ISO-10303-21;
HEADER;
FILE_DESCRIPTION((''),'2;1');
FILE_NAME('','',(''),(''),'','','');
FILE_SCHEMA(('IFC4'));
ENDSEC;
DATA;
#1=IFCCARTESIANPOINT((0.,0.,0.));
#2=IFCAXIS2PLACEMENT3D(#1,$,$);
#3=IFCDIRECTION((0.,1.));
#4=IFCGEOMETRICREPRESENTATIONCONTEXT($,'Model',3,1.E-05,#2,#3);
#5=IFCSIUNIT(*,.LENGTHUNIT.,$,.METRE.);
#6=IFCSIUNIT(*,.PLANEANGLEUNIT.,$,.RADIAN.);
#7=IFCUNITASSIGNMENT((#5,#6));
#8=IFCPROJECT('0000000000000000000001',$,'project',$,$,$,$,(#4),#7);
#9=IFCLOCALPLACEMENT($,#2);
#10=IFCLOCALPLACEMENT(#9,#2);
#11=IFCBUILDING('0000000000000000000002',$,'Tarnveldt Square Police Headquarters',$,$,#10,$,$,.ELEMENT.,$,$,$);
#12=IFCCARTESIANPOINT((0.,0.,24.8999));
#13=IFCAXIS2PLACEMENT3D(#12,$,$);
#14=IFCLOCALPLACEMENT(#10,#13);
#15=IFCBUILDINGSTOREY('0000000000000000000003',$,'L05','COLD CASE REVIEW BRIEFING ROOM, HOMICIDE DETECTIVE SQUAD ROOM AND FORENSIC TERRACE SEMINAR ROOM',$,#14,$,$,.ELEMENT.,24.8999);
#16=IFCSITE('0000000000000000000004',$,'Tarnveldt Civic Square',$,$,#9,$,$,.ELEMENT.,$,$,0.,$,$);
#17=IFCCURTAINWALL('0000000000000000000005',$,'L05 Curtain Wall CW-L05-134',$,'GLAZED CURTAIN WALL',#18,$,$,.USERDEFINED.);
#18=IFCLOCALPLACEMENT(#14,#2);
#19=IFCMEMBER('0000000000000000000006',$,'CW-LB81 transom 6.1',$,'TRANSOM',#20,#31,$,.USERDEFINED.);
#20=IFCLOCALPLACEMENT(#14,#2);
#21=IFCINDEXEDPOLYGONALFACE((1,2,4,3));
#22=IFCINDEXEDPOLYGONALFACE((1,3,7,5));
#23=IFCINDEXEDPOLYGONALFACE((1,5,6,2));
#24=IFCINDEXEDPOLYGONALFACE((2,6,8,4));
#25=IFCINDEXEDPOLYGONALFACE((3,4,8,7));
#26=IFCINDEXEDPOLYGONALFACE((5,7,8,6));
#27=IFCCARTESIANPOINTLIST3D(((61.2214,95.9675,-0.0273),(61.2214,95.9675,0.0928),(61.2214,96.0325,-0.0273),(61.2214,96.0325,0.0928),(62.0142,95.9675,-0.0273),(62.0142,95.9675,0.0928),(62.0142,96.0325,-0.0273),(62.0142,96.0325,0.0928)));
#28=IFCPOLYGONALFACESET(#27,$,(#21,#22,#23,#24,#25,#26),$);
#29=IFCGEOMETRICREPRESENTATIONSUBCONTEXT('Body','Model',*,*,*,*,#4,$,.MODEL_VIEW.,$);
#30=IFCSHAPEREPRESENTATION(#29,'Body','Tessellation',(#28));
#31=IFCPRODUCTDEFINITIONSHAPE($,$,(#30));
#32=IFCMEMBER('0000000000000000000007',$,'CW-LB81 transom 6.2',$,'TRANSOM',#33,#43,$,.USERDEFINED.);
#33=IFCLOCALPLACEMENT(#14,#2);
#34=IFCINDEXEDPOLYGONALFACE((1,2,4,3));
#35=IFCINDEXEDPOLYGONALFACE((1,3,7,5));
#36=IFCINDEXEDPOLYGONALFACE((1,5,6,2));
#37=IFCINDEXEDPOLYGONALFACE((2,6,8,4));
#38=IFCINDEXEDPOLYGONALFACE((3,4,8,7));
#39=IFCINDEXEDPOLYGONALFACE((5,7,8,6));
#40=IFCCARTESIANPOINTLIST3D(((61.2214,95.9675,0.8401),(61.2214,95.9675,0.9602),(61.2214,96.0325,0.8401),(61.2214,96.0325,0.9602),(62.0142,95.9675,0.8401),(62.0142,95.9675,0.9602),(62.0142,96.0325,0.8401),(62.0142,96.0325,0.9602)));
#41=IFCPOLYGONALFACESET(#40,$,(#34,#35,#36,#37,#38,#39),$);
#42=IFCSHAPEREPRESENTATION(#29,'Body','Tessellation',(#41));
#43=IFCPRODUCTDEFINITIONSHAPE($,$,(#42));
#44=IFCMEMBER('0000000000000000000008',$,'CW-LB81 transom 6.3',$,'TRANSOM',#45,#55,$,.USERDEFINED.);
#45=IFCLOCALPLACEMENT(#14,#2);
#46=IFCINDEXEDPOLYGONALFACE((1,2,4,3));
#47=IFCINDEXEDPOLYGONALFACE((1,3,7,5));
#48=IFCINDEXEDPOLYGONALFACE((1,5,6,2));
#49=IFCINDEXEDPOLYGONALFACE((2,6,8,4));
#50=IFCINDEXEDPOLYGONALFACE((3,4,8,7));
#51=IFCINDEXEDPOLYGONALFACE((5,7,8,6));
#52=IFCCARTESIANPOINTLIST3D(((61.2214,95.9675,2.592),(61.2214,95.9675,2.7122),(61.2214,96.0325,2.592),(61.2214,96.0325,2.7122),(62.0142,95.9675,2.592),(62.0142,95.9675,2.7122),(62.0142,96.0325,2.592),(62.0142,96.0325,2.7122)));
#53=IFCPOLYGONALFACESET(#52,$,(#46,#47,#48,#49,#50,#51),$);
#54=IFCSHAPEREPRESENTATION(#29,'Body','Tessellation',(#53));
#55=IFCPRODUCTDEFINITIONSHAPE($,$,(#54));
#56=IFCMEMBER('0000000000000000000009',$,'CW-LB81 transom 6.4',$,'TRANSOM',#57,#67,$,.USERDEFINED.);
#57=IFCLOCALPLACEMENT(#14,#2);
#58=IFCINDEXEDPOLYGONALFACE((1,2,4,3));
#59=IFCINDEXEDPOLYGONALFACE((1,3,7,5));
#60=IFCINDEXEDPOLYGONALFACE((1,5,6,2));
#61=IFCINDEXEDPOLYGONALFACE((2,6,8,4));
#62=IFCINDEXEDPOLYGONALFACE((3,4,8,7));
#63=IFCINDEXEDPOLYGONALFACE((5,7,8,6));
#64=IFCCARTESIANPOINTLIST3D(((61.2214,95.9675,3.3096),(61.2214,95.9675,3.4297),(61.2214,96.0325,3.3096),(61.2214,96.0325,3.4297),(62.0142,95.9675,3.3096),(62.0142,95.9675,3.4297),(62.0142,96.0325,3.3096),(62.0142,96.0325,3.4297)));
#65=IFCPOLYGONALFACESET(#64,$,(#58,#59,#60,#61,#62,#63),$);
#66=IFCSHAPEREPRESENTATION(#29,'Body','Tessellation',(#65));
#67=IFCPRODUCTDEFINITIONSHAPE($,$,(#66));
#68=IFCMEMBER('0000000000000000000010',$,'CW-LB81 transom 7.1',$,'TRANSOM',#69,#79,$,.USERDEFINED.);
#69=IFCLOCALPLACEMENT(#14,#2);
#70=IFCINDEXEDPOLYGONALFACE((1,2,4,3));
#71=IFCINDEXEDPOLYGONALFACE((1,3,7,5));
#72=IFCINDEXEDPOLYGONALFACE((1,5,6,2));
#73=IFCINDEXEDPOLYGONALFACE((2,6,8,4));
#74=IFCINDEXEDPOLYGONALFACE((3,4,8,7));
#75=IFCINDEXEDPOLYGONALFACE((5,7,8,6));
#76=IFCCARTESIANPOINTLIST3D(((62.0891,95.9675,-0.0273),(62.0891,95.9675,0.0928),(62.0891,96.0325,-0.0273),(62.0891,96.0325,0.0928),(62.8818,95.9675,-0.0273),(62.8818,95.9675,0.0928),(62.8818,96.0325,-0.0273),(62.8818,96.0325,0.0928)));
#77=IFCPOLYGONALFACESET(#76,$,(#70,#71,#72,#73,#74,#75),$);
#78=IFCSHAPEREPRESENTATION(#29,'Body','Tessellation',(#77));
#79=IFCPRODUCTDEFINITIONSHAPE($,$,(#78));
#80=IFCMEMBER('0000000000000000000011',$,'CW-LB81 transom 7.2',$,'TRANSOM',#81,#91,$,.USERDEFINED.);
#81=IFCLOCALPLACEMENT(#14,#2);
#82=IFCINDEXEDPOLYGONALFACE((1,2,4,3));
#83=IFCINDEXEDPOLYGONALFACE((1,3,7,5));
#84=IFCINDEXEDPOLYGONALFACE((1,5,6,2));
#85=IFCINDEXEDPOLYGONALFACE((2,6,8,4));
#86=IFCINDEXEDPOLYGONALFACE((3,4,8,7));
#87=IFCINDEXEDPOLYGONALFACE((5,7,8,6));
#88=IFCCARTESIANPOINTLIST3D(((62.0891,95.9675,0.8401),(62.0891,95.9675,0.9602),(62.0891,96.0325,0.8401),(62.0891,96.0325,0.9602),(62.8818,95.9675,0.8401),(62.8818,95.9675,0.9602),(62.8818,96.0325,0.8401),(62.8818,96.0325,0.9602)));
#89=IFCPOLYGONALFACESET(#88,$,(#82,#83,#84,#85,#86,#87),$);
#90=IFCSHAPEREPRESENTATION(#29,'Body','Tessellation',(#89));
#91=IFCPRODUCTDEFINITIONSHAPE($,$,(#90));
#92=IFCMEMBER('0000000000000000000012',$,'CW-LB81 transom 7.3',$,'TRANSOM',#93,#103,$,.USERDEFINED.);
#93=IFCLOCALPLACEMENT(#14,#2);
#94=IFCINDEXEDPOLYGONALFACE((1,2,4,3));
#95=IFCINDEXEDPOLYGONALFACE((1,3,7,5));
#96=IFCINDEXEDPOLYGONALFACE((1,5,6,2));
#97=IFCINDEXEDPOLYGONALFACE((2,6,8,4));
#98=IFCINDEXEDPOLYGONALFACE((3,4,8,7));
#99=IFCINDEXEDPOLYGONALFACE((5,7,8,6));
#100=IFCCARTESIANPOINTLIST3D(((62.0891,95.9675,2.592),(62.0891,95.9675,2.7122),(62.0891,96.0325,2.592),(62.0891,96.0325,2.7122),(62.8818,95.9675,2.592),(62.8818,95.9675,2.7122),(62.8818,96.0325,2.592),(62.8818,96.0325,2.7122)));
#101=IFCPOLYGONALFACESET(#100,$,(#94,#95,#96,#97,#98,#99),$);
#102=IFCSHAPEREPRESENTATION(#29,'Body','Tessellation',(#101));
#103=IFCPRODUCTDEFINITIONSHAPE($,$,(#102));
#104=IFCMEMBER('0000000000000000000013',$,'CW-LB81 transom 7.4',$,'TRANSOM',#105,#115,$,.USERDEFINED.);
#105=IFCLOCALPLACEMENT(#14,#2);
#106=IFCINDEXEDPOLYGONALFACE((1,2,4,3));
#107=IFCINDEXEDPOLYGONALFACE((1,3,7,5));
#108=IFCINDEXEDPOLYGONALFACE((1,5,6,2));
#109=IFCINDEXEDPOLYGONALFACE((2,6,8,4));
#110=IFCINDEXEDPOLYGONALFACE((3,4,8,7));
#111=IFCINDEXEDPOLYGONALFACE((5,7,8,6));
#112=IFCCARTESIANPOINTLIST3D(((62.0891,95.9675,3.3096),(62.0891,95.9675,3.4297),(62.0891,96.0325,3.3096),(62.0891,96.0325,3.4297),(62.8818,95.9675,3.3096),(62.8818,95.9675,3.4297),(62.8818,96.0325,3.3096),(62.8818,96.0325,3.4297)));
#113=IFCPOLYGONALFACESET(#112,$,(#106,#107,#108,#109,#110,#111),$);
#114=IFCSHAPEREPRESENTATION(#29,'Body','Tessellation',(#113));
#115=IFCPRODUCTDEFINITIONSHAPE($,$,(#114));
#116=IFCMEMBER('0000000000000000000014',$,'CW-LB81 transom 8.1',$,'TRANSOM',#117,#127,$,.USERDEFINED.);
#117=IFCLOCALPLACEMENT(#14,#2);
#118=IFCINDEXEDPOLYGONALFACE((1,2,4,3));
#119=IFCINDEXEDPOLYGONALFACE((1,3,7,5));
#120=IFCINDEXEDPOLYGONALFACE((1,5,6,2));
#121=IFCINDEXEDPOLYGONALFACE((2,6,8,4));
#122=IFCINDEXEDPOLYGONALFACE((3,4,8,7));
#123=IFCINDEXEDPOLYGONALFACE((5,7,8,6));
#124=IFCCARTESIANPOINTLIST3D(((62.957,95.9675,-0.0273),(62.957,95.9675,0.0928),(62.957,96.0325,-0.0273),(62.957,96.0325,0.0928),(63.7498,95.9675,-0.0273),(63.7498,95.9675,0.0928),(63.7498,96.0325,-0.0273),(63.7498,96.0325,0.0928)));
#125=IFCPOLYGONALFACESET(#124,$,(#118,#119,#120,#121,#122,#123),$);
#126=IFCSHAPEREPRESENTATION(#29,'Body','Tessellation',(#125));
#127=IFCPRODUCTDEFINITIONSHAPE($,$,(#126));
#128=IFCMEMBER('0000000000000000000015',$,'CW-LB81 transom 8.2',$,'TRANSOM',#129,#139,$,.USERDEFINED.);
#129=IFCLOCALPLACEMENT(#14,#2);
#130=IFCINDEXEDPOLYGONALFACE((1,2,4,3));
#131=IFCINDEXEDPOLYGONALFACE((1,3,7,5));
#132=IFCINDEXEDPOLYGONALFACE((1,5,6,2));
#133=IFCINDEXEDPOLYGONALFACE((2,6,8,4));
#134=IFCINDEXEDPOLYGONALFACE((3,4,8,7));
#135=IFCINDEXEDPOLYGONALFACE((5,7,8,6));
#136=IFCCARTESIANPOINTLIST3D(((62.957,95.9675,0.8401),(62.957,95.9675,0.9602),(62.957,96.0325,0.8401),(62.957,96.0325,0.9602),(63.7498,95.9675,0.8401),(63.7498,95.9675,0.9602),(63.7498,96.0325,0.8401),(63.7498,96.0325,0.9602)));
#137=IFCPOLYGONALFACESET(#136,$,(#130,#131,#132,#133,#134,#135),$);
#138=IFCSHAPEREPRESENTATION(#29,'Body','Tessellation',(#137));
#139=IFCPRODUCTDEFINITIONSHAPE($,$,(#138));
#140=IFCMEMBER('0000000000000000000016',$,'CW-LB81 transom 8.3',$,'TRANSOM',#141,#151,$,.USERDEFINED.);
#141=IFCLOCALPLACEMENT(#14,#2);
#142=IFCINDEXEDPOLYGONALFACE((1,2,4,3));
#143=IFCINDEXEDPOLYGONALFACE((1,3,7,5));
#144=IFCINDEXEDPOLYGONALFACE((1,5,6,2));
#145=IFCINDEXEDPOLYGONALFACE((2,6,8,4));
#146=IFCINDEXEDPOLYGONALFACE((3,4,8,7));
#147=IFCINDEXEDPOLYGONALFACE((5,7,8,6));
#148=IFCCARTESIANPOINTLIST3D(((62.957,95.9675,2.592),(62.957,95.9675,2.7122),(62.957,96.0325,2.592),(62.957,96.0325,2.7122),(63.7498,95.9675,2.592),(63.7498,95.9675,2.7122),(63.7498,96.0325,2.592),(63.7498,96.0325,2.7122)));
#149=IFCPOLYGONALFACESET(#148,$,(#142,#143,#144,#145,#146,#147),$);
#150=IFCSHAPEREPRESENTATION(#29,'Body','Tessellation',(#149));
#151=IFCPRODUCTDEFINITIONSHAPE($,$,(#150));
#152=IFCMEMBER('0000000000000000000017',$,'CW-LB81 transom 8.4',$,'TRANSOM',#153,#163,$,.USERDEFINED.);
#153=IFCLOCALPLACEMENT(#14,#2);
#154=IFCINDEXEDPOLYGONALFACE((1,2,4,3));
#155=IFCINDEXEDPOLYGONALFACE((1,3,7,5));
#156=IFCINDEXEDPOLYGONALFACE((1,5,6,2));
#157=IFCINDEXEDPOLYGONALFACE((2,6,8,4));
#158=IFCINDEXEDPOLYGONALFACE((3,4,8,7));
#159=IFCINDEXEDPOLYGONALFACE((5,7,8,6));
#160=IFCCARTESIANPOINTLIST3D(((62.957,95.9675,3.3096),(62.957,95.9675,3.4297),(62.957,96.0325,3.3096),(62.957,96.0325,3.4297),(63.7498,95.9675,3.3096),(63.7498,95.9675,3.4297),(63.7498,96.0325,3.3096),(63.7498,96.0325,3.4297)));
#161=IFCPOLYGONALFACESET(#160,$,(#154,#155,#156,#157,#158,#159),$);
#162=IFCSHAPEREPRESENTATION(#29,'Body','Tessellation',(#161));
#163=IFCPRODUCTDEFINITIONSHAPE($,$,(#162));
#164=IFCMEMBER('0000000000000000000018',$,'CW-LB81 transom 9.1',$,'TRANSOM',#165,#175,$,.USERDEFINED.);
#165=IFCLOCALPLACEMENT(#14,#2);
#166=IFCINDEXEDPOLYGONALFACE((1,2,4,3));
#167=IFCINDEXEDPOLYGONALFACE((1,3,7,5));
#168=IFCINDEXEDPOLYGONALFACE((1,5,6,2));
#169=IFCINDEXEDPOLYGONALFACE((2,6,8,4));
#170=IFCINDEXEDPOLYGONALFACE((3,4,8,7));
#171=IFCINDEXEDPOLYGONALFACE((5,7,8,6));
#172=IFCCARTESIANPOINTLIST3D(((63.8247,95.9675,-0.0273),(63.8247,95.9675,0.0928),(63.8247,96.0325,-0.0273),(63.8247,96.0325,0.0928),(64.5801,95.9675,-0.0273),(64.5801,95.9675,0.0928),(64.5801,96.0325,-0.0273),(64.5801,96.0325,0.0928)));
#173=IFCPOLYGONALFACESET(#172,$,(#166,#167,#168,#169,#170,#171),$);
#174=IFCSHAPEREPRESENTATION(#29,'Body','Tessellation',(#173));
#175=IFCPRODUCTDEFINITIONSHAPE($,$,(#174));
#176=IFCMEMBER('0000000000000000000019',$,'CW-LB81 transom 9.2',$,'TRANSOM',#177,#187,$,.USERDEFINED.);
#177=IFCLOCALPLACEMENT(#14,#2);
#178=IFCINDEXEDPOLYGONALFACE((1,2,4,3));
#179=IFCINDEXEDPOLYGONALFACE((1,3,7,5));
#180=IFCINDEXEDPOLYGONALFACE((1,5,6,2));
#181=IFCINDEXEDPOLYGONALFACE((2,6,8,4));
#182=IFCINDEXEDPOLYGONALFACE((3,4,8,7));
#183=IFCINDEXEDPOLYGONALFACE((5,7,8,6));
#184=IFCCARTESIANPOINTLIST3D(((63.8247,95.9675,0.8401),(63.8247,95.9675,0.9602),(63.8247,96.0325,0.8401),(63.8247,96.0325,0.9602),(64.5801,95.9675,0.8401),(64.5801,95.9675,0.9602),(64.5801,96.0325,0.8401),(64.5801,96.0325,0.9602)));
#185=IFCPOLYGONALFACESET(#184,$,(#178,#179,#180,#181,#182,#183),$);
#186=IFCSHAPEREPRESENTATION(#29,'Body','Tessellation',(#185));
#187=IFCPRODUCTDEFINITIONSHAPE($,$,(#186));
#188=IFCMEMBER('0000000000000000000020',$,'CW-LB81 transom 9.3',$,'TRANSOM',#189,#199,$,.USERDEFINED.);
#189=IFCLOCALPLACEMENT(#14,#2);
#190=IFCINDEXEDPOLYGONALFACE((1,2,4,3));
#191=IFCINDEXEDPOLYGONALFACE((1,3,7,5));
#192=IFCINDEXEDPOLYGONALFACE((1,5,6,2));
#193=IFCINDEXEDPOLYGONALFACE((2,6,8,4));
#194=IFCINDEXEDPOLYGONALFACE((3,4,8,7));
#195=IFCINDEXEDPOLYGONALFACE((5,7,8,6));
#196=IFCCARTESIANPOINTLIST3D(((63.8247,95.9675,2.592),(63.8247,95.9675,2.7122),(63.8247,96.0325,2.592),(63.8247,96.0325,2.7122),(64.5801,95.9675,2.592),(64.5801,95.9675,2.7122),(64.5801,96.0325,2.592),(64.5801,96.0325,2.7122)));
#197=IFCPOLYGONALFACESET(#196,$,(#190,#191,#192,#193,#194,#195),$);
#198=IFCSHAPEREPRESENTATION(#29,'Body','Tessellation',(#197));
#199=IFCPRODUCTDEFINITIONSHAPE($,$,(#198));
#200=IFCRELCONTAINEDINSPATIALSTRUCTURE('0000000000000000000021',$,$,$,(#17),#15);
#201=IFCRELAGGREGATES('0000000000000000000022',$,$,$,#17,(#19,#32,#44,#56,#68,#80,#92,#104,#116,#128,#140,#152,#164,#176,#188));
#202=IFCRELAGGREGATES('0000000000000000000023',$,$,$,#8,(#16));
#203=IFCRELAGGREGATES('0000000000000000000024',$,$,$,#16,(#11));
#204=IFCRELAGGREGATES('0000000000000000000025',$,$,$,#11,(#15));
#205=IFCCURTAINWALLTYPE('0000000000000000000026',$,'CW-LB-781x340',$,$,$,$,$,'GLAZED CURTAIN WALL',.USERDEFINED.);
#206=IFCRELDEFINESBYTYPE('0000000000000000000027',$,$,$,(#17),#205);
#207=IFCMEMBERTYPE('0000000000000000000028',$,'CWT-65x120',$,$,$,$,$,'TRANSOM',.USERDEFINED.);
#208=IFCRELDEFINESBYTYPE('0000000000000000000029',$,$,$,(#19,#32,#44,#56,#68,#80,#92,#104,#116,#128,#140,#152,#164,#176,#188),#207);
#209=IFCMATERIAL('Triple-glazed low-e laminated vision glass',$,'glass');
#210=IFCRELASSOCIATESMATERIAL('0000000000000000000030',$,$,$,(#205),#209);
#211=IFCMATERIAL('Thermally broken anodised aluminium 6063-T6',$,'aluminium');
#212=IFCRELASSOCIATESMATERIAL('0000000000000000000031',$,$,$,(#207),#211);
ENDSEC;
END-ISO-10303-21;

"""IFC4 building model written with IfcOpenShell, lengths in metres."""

from ifc_helpers import new_model, si_unit, direction, frame, origin, origin_2d, place, context, subcontext, project, spatial, rectangle, extrude, material, material_profile, profile_set, type_object, element, aggregate, save


model = new_model("IFC4")

# Units and contexts
model_context = context("Model", 3, precision=1e-05, world=origin(), true_north=direction((0.0, 1.0)))
body_context = subcontext(model_context, "Body", "Model", "MODEL_VIEW")
ifc_project = project(units=[si_unit("LENGTHUNIT", "METRE"), si_unit("PLANEANGLEUNIT", "RADIAN")], contexts=[model_context])

# Site, building, storey
site_placement = place(None, origin())
site = spatial("IfcSite", under=ifc_project, at=site_placement, Name="Tarnveldt Civic Square", CompositionType="ELEMENT", RefElevation=0.0)
building_placement = place(site_placement, origin())
building = spatial("IfcBuilding", under=site, at=building_placement, Name="Tarnveldt Square Police Headquarters", CompositionType="ELEMENT")
storey_placement = place(building_placement, frame((0.0, 0.0, 24.8999)))
storey = spatial("IfcBuildingStorey", under=building, at=storey_placement, Name="L05", Description="COLD CASE REVIEW BRIEFING ROOM, HOMICIDE DETECTIVE SQUAD ROOM AND FORENSIC TERRACE SEMINAR ROOM", CompositionType="ELEMENT", Elevation=24.8999)

# Curtain wall
ifc_material_1 = material(Name="Triple-glazed low-e laminated vision glass", Category="glass")
curtain_wall_type_1 = type_object("IfcCurtainWallType", Name="CW-LB-781x340", ElementType="GLAZED CURTAIN WALL", PredefinedType="USERDEFINED", material=ifc_material_1)
curtain_wall_1_placement = place(storey_placement, origin())
curtain_wall_1 = element("IfcCurtainWall", 1, at=curtain_wall_1_placement, inside=storey, type_object=curtain_wall_type_1, Name="L05 Curtain Wall CW-L05-134", ObjectType="GLAZED CURTAIN WALL", PredefinedType="USERDEFINED")
ifc_material_2 = material(Name="Thermally broken anodised aluminium 6063-T6", Category="aluminium")

# Members
ifc_material_profile_1 = material_profile(ifc_material_2, rectangle(XDim=0.0649, YDim=0.1201, at=origin_2d()), Name="CW-T65x120")
ifc_profile_set_1 = profile_set([ifc_material_profile_1], Name="Thermally broken anodised aluminium 6063-T6")
member_type_1 = type_object("IfcMemberType", Name="CWT-65x120", ElementType="TRANSOM", PredefinedType="USERDEFINED", material=ifc_profile_set_1)
member_1_placement = place(storey_placement, frame((61.2214, 96.0, 0.0327), z_axis=(1.0, 0.0, 0.0), x_axis=(0.0, 1.0, 0.0)))
member_1 = element("IfcMember", 2, at=member_1_placement, type_object=member_type_1, Name="CW-LB81 transom 6.1", ObjectType="TRANSOM", PredefinedType="USERDEFINED", context=body_context, shape_type="SweptSolid", body=[
    extrude(rectangle(XDim=0.0649, YDim=0.1201, at=origin_2d()), origin(), (0.0, 0.0, 1.0), 0.7927),
])
member_2_placement = place(storey_placement, frame((61.2214, 96.0, 0.9001), z_axis=(1.0, 0.0, 0.0), x_axis=(0.0, 1.0, 0.0)))
member_2 = element("IfcMember", 3, at=member_2_placement, type_object=member_type_1, Name="CW-LB81 transom 6.2", ObjectType="TRANSOM", PredefinedType="USERDEFINED", context=body_context, shape_type="SweptSolid", body=[
    extrude(rectangle(XDim=0.0649, YDim=0.1201, at=origin_2d()), origin(), (0.0, 0.0, 1.0), 0.7927),
])
member_3_placement = place(storey_placement, frame((61.2214, 96.0, 2.6521), z_axis=(1.0, 0.0, 0.0), x_axis=(0.0, 1.0, 0.0)))
member_3 = element("IfcMember", 4, at=member_3_placement, type_object=member_type_1, Name="CW-LB81 transom 6.3", ObjectType="TRANSOM", PredefinedType="USERDEFINED", context=body_context, shape_type="SweptSolid", body=[
    extrude(rectangle(XDim=0.0649, YDim=0.1201, at=origin_2d()), origin(), (0.0, 0.0, 1.0), 0.7927),
])
member_4_placement = place(storey_placement, frame((61.2214, 96.0, 3.3696), z_axis=(1.0, 0.0, 0.0), x_axis=(0.0, 1.0, 0.0)))
member_4 = element("IfcMember", 5, at=member_4_placement, type_object=member_type_1, Name="CW-LB81 transom 6.4", ObjectType="TRANSOM", PredefinedType="USERDEFINED", context=body_context, shape_type="SweptSolid", body=[
    extrude(rectangle(XDim=0.0649, YDim=0.1201, at=origin_2d()), origin(), (0.0, 0.0, 1.0), 0.7927),
])
member_5_placement = place(storey_placement, frame((62.0891, 96.0, 0.0327), z_axis=(1.0, 0.0, 0.0), x_axis=(0.0, 1.0, 0.0)))
member_5 = element("IfcMember", 6, at=member_5_placement, type_object=member_type_1, Name="CW-LB81 transom 7.1", ObjectType="TRANSOM", PredefinedType="USERDEFINED", context=body_context, shape_type="SweptSolid", body=[
    extrude(rectangle(XDim=0.0649, YDim=0.1201, at=origin_2d()), origin(), (0.0, 0.0, 1.0), 0.7927),
])
member_6_placement = place(storey_placement, frame((62.0891, 96.0, 0.9001), z_axis=(1.0, 0.0, 0.0), x_axis=(0.0, 1.0, 0.0)))
member_6 = element("IfcMember", 7, at=member_6_placement, type_object=member_type_1, Name="CW-LB81 transom 7.2", ObjectType="TRANSOM", PredefinedType="USERDEFINED", context=body_context, shape_type="SweptSolid", body=[
    extrude(rectangle(XDim=0.0649, YDim=0.1201, at=origin_2d()), origin(), (0.0, 0.0, 1.0), 0.7927),
])
member_7_placement = place(storey_placement, frame((62.0891, 96.0, 2.6521), z_axis=(1.0, 0.0, 0.0), x_axis=(0.0, 1.0, 0.0)))
member_7 = element("IfcMember", 8, at=member_7_placement, type_object=member_type_1, Name="CW-LB81 transom 7.3", ObjectType="TRANSOM", PredefinedType="USERDEFINED", context=body_context, shape_type="SweptSolid", body=[
    extrude(rectangle(XDim=0.0649, YDim=0.1201, at=origin_2d()), origin(), (0.0, 0.0, 1.0), 0.7927),
])
member_8_placement = place(storey_placement, frame((62.0891, 96.0, 3.3696), z_axis=(1.0, 0.0, 0.0), x_axis=(0.0, 1.0, 0.0)))
member_8 = element("IfcMember", 9, at=member_8_placement, type_object=member_type_1, Name="CW-LB81 transom 7.4", ObjectType="TRANSOM", PredefinedType="USERDEFINED", context=body_context, shape_type="SweptSolid", body=[
    extrude(rectangle(XDim=0.0649, YDim=0.1201, at=origin_2d()), origin(), (0.0, 0.0, 1.0), 0.7927),
])
member_9_placement = place(storey_placement, frame((62.957, 96.0, 0.0327), z_axis=(1.0, 0.0, 0.0), x_axis=(0.0, 1.0, 0.0)))
member_9 = element("IfcMember", 10, at=member_9_placement, type_object=member_type_1, Name="CW-LB81 transom 8.1", ObjectType="TRANSOM", PredefinedType="USERDEFINED", context=body_context, shape_type="SweptSolid", body=[
    extrude(rectangle(XDim=0.0649, YDim=0.1201, at=origin_2d()), origin(), (0.0, 0.0, 1.0), 0.7927),
])
member_10_placement = place(storey_placement, frame((62.957, 96.0, 0.9001), z_axis=(1.0, 0.0, 0.0), x_axis=(0.0, 1.0, 0.0)))
member_10 = element("IfcMember", 11, at=member_10_placement, type_object=member_type_1, Name="CW-LB81 transom 8.2", ObjectType="TRANSOM", PredefinedType="USERDEFINED", context=body_context, shape_type="SweptSolid", body=[
    extrude(rectangle(XDim=0.0649, YDim=0.1201, at=origin_2d()), origin(), (0.0, 0.0, 1.0), 0.7927),
])
member_11_placement = place(storey_placement, frame((62.957, 96.0, 2.6521), z_axis=(1.0, 0.0, 0.0), x_axis=(0.0, 1.0, 0.0)))
member_11 = element("IfcMember", 12, at=member_11_placement, type_object=member_type_1, Name="CW-LB81 transom 8.3", ObjectType="TRANSOM", PredefinedType="USERDEFINED", context=body_context, shape_type="SweptSolid", body=[
    extrude(rectangle(XDim=0.0649, YDim=0.1201, at=origin_2d()), origin(), (0.0, 0.0, 1.0), 0.7927),
])
member_12_placement = place(storey_placement, frame((62.957, 96.0, 3.3696), z_axis=(1.0, 0.0, 0.0), x_axis=(0.0, 1.0, 0.0)))
member_12 = element("IfcMember", 13, at=member_12_placement, type_object=member_type_1, Name="CW-LB81 transom 8.4", ObjectType="TRANSOM", PredefinedType="USERDEFINED", context=body_context, shape_type="SweptSolid", body=[
    extrude(rectangle(XDim=0.0649, YDim=0.1201, at=origin_2d()), origin(), (0.0, 0.0, 1.0), 0.7927),
])
member_13_placement = place(storey_placement, frame((63.8247, 96.0, 0.0327), z_axis=(1.0, 0.0, 0.0), x_axis=(0.0, 1.0, 0.0)))
member_13 = element("IfcMember", 14, at=member_13_placement, type_object=member_type_1, Name="CW-LB81 transom 9.1", ObjectType="TRANSOM", PredefinedType="USERDEFINED", context=body_context, shape_type="SweptSolid", body=[
    extrude(rectangle(XDim=0.0649, YDim=0.1201, at=origin_2d()), origin(), (0.0, 0.0, 1.0), 0.7554),
])
member_14_placement = place(storey_placement, frame((63.8247, 96.0, 0.9001), z_axis=(1.0, 0.0, 0.0), x_axis=(0.0, 1.0, 0.0)))
member_14 = element("IfcMember", 15, at=member_14_placement, type_object=member_type_1, Name="CW-LB81 transom 9.2", ObjectType="TRANSOM", PredefinedType="USERDEFINED", context=body_context, shape_type="SweptSolid", body=[
    extrude(rectangle(XDim=0.0649, YDim=0.1201, at=origin_2d()), origin(), (0.0, 0.0, 1.0), 0.7554),
])
member_15_placement = place(storey_placement, frame((63.8247, 96.0, 2.6521), z_axis=(1.0, 0.0, 0.0), x_axis=(0.0, 1.0, 0.0)))
member_15 = element("IfcMember", 16, at=member_15_placement, type_object=member_type_1, Name="CW-LB81 transom 9.3", ObjectType="TRANSOM", PredefinedType="USERDEFINED", context=body_context, shape_type="SweptSolid", body=[
    extrude(rectangle(XDim=0.0649, YDim=0.1201, at=origin_2d()), origin(), (0.0, 0.0, 1.0), 0.7554),
])

aggregate(curtain_wall_1, [member_1, member_2, member_3, member_4, member_5, member_6, member_7, member_8, member_9, member_10, member_11, member_12, member_13, member_14, member_15])

save(model, "model.ifc")
